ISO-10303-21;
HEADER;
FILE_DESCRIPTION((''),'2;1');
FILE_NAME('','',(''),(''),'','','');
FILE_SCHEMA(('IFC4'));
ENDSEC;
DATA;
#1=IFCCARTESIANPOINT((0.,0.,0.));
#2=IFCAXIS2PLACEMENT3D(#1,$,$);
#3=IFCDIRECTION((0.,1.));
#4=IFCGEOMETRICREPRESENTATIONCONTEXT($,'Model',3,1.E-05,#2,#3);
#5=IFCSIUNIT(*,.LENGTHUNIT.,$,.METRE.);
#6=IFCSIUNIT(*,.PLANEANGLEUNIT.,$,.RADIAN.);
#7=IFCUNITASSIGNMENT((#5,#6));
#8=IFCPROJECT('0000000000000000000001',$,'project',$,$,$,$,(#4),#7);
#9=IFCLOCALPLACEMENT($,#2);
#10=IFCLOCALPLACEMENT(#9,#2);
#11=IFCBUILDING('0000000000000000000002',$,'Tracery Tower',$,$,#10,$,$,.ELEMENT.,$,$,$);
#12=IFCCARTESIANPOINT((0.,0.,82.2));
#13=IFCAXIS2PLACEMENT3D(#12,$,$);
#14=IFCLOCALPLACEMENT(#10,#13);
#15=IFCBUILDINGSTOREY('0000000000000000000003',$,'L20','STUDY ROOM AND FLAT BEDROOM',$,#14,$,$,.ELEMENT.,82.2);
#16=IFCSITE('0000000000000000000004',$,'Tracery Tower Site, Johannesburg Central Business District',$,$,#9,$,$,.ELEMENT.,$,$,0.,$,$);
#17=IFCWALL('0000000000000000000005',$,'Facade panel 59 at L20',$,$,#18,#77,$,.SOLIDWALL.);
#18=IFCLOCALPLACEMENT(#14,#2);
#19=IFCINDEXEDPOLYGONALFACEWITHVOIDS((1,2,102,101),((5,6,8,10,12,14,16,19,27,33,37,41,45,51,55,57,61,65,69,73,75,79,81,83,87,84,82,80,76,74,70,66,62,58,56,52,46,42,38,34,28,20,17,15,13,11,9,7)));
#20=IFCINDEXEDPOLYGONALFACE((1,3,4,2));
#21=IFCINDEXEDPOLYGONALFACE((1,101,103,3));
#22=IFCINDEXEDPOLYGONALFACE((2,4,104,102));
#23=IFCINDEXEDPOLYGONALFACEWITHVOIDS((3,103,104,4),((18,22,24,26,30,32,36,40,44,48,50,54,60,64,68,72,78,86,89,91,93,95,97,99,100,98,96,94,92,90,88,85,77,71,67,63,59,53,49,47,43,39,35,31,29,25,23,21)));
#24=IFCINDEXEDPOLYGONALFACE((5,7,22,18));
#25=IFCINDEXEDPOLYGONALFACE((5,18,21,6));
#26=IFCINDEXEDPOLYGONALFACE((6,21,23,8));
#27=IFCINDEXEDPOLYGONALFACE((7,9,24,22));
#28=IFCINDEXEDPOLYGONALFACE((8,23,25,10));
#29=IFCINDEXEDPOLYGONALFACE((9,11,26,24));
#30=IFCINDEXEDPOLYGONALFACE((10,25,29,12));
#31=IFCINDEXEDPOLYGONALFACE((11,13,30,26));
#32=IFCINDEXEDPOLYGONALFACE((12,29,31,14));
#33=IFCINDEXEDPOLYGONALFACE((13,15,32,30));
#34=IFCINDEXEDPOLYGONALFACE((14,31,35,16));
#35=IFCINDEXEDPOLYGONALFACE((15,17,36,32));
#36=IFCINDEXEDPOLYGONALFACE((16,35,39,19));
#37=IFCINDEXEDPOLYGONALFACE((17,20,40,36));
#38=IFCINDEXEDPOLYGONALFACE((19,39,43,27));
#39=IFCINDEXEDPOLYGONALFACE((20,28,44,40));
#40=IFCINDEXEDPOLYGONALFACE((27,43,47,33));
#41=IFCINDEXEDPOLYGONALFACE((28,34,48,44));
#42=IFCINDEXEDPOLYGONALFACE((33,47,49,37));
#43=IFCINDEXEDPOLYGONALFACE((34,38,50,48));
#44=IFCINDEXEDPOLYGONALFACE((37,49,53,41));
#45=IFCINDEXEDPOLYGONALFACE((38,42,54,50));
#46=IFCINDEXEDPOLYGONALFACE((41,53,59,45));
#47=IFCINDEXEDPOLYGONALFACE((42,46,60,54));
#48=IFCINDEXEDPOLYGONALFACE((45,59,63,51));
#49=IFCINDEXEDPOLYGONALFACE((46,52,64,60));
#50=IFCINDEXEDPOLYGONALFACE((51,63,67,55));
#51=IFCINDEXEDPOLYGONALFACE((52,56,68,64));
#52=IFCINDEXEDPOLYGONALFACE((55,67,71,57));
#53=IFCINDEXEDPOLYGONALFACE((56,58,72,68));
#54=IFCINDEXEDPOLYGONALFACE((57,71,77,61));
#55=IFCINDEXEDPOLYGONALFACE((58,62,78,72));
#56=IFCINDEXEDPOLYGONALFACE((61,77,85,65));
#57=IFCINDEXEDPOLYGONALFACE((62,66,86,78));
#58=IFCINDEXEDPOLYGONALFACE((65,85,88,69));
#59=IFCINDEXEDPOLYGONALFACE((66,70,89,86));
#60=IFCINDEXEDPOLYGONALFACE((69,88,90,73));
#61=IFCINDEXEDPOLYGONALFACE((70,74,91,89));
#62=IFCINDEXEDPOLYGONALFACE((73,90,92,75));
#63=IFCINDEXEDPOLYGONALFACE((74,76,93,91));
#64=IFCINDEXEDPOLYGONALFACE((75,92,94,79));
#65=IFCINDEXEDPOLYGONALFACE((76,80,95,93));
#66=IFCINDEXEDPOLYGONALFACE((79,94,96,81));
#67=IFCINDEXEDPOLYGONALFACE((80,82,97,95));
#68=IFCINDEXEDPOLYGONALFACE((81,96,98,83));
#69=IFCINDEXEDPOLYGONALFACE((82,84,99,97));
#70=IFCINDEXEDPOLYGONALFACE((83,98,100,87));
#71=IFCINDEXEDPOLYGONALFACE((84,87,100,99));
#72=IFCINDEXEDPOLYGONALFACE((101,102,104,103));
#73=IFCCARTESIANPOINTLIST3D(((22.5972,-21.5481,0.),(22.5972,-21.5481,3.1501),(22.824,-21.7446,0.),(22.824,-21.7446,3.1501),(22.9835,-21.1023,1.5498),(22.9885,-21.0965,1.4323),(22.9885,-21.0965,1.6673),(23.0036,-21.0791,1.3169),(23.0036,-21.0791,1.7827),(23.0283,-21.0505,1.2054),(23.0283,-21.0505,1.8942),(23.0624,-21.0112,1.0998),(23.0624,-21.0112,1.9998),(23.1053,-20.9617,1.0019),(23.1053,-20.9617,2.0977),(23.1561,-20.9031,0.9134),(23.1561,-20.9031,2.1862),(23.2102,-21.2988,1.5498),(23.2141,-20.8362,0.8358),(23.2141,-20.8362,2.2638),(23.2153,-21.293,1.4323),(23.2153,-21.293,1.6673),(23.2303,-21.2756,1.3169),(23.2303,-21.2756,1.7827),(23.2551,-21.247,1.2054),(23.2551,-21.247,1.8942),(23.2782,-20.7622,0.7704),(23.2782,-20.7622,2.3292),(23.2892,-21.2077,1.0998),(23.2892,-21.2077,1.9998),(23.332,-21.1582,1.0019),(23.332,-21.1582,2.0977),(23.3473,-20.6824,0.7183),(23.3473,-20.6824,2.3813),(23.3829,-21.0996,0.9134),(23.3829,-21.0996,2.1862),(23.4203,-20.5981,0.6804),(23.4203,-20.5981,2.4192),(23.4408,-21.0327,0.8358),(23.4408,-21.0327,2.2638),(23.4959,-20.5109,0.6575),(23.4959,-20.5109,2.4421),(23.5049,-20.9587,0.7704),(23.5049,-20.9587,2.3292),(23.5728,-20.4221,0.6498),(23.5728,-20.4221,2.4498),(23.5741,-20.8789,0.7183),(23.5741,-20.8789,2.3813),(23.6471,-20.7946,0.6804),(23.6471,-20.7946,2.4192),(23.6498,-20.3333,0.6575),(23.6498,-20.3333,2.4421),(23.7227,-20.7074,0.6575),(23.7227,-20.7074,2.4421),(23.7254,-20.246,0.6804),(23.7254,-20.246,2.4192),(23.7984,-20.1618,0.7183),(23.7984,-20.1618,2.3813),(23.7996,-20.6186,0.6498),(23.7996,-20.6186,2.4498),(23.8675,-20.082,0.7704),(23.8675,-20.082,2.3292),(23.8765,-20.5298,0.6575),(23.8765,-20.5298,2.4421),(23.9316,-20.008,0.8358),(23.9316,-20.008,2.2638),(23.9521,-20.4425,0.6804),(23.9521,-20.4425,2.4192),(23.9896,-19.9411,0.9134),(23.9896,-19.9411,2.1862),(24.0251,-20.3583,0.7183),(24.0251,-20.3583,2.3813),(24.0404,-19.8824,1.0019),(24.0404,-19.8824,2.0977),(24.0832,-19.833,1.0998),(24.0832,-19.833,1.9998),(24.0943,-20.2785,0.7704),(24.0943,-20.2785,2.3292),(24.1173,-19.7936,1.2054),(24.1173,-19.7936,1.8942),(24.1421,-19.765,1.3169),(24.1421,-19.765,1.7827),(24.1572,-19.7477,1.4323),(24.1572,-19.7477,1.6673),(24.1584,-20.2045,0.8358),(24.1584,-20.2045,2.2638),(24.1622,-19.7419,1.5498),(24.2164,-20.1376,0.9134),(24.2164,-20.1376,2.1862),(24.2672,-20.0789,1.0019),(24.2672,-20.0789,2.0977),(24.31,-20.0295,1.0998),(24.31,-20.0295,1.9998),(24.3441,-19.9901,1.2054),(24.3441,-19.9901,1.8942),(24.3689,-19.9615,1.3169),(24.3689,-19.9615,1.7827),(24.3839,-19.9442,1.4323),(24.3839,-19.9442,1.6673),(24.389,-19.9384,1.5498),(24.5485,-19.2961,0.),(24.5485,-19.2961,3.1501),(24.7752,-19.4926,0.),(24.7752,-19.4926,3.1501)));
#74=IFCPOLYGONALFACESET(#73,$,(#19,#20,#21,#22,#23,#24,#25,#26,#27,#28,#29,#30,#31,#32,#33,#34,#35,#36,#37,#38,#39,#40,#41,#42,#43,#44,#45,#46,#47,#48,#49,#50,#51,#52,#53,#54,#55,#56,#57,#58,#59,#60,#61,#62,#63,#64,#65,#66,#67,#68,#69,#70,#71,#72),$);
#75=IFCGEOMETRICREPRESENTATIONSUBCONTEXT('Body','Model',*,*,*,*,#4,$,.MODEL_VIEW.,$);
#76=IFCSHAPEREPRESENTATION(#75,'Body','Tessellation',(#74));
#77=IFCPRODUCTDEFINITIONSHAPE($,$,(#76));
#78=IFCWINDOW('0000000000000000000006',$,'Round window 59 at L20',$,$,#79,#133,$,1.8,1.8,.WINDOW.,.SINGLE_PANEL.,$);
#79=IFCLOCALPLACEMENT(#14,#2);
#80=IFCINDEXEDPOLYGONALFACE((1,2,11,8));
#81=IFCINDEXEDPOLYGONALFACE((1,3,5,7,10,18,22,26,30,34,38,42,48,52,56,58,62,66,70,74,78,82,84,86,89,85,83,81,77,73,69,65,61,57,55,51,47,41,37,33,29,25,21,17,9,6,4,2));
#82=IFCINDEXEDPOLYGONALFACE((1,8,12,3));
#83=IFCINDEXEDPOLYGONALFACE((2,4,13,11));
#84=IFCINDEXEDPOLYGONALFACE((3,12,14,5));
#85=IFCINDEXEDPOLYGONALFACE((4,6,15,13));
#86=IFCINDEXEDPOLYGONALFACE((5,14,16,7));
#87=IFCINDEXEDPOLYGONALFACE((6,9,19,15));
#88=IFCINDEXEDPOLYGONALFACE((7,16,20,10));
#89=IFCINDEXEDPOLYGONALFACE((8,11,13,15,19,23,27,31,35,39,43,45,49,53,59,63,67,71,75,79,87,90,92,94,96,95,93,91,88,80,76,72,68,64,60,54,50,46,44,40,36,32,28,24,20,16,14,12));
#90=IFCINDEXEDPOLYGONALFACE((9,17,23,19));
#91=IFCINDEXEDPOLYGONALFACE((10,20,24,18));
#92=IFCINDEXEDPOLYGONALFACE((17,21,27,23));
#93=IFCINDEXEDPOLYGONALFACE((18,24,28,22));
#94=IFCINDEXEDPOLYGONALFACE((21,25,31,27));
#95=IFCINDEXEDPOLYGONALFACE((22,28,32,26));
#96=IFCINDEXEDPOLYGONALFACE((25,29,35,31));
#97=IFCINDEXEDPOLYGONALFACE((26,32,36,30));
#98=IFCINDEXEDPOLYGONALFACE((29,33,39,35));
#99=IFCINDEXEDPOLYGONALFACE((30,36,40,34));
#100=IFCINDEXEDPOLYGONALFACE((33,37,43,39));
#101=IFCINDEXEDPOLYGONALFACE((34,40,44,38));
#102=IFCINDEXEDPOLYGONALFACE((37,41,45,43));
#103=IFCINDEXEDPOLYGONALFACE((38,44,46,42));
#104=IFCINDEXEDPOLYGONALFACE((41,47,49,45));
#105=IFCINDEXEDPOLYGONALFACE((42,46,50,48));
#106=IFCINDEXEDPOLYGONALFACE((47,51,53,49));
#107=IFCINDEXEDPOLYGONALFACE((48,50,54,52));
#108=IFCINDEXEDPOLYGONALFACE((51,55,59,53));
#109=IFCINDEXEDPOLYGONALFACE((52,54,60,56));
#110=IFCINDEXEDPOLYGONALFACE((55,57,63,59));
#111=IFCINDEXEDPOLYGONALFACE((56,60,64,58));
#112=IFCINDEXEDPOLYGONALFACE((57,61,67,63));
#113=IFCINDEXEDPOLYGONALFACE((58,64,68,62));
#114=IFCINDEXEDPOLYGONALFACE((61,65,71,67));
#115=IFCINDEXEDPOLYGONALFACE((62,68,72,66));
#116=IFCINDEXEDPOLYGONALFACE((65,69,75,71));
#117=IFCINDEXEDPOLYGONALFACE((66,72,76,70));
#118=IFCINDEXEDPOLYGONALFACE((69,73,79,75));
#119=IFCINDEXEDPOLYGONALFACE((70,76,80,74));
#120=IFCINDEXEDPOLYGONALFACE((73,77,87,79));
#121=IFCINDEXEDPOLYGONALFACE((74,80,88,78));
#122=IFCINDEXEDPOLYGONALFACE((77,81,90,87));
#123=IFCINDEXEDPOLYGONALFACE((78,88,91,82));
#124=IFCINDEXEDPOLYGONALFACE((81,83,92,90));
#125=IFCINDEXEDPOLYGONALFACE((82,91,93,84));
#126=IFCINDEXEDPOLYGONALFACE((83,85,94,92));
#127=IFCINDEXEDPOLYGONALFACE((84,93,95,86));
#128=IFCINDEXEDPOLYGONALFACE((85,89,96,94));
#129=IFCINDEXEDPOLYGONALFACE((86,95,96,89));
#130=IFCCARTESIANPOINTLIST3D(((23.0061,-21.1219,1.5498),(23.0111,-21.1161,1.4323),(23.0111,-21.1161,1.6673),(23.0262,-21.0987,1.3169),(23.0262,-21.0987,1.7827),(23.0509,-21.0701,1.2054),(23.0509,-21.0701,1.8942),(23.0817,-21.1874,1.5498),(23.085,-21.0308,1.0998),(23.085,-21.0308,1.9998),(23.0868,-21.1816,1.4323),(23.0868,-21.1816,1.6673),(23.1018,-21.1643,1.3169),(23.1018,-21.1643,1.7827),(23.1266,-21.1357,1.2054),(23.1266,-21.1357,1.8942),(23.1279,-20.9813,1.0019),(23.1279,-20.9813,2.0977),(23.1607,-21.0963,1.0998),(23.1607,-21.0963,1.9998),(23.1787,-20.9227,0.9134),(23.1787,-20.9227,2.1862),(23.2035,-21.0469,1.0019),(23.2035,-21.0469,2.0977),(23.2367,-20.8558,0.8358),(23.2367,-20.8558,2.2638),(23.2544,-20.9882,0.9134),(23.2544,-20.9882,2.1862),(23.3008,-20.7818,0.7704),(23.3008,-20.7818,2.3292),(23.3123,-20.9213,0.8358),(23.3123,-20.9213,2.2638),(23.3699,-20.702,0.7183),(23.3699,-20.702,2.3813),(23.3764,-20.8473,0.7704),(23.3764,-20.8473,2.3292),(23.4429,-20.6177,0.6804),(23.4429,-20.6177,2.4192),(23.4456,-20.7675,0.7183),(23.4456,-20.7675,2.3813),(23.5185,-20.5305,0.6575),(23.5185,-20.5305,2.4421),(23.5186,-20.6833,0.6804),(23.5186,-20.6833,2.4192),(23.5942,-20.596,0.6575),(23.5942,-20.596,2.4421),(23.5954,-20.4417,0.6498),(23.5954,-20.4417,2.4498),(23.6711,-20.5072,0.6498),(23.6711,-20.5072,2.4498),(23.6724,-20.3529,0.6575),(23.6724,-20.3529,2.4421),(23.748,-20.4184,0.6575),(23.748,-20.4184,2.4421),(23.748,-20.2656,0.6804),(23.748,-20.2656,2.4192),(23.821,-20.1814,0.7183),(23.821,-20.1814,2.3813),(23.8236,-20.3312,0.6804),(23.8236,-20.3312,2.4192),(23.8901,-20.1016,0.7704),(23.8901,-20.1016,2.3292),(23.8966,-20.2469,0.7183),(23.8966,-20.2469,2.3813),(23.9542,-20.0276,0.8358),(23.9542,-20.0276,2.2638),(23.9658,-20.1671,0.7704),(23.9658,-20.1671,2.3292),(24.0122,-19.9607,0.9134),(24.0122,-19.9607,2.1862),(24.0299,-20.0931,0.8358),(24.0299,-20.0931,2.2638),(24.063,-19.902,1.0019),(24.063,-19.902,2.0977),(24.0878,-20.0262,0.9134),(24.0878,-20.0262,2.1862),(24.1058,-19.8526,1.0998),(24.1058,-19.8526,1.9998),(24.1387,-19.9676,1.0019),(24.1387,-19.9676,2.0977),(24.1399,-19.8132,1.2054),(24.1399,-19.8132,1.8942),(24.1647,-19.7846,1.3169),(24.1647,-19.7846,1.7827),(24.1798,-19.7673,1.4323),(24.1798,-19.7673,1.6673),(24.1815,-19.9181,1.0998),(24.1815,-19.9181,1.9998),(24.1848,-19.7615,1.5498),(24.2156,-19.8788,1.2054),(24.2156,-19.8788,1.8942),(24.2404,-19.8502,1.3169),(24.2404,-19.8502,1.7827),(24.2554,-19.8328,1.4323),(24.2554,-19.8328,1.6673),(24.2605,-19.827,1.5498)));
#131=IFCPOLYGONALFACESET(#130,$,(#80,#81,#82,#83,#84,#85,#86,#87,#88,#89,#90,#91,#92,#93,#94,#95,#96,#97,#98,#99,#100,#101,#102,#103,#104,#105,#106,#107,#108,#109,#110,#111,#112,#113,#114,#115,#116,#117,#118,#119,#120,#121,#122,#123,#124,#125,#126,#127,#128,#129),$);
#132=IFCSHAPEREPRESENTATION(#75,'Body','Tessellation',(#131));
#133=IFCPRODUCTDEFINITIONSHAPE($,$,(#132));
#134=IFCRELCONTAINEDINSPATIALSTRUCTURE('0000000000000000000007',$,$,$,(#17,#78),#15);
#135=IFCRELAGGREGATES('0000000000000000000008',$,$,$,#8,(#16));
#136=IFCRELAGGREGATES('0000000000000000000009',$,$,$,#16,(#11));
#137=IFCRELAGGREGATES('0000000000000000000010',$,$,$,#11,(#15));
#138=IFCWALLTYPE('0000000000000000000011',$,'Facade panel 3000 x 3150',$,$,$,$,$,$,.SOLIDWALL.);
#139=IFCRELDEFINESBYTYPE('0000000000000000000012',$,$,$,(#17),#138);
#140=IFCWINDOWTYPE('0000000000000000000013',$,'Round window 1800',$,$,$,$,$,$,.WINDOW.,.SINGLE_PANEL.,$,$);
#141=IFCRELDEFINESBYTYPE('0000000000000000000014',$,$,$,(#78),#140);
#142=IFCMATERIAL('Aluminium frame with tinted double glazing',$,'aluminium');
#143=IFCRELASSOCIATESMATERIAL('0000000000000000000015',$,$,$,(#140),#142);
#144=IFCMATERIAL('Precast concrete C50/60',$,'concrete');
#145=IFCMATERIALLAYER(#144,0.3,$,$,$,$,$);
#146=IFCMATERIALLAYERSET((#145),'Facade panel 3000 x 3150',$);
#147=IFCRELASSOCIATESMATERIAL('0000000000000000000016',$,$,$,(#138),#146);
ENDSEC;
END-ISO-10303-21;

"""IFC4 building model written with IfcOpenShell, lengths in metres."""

from ifc_helpers import new_model, si_unit, direction, frame, frame_2d, origin, origin_2d, place, context, subcontext, project, spatial, rectangle, circle, extrude, material, layer, layer_set, type_object, element, fill, save


model = new_model("IFC4")

# Units and contexts
model_context = context("Model", 3, precision=1e-05, world=origin(), true_north=direction((0.0, 1.0)))
body_context = subcontext(model_context, "Body", "Model", "MODEL_VIEW")
ifc_project = project(units=[si_unit("LENGTHUNIT", "METRE"), si_unit("PLANEANGLEUNIT", "RADIAN")], contexts=[model_context])

# Site, building, storey
site_placement = place(None, origin())
site = spatial("IfcSite", under=ifc_project, at=site_placement, Name="Tracery Tower Site, Johannesburg Central Business District", CompositionType="ELEMENT", RefElevation=0.0)
building_placement = place(site_placement, origin())
building = spatial("IfcBuilding", under=site, at=building_placement, Name="Tracery Tower", CompositionType="ELEMENT")
storey_placement = place(building_placement, frame((0.0, 0.0, 82.2)))
storey = spatial("IfcBuildingStorey", under=building, at=storey_placement, Name="L20", Description="STUDY ROOM AND FLAT BEDROOM", CompositionType="ELEMENT", Elevation=82.2)

# Wall, opening, window
ifc_material_1 = material(Name="Aluminium frame with tinted double glazing", Category="aluminium")
window_type = type_object("IfcWindowType", Name="Round window 1800", PartitioningType="SINGLE_PANEL", PredefinedType="WINDOW", material=ifc_material_1)
ifc_material_2 = material(Name="Precast concrete C50/60", Category="concrete")
ifc_layer_1 = layer(ifc_material_2, 0.3)
ifc_layer_set_1 = layer_set([ifc_layer_1], Name="Facade panel 3000 x 3150")
wall_type_1 = type_object("IfcWallType", Name="Facade panel 3000 x 3150", PredefinedType="SOLIDWALL", material=ifc_layer_set_1)
wall_1_placement = place(storey_placement, frame((22.7107, -21.6462, 0.0), z_axis=(0.0, 0.0, 1.0), x_axis=(0.654831, 0.755776, 0.0)))
wall_1 = element("IfcWall", 1, at=wall_1_placement, inside=storey, type_object=wall_type_1, Name="Facade panel 59 at L20", PredefinedType="SOLIDWALL", context=body_context, shape_type="SweptSolid", body=[
    extrude(rectangle(XDim=2.9797, YDim=0.3, at=frame_2d((1.4897, 0.0))), origin(), (0.0, 0.0, 1.0), 3.1501),
])
opening_1_placement = place(wall_1_placement, frame((1.4897, 0.0, 1.5498)))
opening_1 = element("IfcOpeningElement", 2, at=opening_1_placement, cuts=wall_1, PredefinedType="OPENING", context=body_context, shape_type="SweptSolid", body=[
    extrude(circle(Radius=0.9, at=origin_2d()), frame((0.0, 0.1599, 0.0), z_axis=(0.0, -1.0, 0.0), x_axis=(1.0, 0.0, 0.0)), (0.0, 0.0, 1.0), 0.3201),
])
window_1_placement = place(opening_1_placement, origin())
window_1 = element("IfcWindow", 3, at=window_1_placement, inside=storey, type_object=window_type, Name="Round window 59 at L20", OverallHeight=1.8, OverallWidth=1.8, PartitioningType="SINGLE_PANEL", PredefinedType="WINDOW", context=body_context, shape_type="SweptSolid", body=[
    extrude(circle(Radius=0.9, at=origin_2d()), frame((0.0, 0.1201, 0.0), z_axis=(0.0, -1.0, 0.0), x_axis=(1.0, 0.0, 0.0)), (0.0, 0.0, 1.0), 0.1001),
])
fill(opening_1, window_1)

save(model, "model.ifc")
